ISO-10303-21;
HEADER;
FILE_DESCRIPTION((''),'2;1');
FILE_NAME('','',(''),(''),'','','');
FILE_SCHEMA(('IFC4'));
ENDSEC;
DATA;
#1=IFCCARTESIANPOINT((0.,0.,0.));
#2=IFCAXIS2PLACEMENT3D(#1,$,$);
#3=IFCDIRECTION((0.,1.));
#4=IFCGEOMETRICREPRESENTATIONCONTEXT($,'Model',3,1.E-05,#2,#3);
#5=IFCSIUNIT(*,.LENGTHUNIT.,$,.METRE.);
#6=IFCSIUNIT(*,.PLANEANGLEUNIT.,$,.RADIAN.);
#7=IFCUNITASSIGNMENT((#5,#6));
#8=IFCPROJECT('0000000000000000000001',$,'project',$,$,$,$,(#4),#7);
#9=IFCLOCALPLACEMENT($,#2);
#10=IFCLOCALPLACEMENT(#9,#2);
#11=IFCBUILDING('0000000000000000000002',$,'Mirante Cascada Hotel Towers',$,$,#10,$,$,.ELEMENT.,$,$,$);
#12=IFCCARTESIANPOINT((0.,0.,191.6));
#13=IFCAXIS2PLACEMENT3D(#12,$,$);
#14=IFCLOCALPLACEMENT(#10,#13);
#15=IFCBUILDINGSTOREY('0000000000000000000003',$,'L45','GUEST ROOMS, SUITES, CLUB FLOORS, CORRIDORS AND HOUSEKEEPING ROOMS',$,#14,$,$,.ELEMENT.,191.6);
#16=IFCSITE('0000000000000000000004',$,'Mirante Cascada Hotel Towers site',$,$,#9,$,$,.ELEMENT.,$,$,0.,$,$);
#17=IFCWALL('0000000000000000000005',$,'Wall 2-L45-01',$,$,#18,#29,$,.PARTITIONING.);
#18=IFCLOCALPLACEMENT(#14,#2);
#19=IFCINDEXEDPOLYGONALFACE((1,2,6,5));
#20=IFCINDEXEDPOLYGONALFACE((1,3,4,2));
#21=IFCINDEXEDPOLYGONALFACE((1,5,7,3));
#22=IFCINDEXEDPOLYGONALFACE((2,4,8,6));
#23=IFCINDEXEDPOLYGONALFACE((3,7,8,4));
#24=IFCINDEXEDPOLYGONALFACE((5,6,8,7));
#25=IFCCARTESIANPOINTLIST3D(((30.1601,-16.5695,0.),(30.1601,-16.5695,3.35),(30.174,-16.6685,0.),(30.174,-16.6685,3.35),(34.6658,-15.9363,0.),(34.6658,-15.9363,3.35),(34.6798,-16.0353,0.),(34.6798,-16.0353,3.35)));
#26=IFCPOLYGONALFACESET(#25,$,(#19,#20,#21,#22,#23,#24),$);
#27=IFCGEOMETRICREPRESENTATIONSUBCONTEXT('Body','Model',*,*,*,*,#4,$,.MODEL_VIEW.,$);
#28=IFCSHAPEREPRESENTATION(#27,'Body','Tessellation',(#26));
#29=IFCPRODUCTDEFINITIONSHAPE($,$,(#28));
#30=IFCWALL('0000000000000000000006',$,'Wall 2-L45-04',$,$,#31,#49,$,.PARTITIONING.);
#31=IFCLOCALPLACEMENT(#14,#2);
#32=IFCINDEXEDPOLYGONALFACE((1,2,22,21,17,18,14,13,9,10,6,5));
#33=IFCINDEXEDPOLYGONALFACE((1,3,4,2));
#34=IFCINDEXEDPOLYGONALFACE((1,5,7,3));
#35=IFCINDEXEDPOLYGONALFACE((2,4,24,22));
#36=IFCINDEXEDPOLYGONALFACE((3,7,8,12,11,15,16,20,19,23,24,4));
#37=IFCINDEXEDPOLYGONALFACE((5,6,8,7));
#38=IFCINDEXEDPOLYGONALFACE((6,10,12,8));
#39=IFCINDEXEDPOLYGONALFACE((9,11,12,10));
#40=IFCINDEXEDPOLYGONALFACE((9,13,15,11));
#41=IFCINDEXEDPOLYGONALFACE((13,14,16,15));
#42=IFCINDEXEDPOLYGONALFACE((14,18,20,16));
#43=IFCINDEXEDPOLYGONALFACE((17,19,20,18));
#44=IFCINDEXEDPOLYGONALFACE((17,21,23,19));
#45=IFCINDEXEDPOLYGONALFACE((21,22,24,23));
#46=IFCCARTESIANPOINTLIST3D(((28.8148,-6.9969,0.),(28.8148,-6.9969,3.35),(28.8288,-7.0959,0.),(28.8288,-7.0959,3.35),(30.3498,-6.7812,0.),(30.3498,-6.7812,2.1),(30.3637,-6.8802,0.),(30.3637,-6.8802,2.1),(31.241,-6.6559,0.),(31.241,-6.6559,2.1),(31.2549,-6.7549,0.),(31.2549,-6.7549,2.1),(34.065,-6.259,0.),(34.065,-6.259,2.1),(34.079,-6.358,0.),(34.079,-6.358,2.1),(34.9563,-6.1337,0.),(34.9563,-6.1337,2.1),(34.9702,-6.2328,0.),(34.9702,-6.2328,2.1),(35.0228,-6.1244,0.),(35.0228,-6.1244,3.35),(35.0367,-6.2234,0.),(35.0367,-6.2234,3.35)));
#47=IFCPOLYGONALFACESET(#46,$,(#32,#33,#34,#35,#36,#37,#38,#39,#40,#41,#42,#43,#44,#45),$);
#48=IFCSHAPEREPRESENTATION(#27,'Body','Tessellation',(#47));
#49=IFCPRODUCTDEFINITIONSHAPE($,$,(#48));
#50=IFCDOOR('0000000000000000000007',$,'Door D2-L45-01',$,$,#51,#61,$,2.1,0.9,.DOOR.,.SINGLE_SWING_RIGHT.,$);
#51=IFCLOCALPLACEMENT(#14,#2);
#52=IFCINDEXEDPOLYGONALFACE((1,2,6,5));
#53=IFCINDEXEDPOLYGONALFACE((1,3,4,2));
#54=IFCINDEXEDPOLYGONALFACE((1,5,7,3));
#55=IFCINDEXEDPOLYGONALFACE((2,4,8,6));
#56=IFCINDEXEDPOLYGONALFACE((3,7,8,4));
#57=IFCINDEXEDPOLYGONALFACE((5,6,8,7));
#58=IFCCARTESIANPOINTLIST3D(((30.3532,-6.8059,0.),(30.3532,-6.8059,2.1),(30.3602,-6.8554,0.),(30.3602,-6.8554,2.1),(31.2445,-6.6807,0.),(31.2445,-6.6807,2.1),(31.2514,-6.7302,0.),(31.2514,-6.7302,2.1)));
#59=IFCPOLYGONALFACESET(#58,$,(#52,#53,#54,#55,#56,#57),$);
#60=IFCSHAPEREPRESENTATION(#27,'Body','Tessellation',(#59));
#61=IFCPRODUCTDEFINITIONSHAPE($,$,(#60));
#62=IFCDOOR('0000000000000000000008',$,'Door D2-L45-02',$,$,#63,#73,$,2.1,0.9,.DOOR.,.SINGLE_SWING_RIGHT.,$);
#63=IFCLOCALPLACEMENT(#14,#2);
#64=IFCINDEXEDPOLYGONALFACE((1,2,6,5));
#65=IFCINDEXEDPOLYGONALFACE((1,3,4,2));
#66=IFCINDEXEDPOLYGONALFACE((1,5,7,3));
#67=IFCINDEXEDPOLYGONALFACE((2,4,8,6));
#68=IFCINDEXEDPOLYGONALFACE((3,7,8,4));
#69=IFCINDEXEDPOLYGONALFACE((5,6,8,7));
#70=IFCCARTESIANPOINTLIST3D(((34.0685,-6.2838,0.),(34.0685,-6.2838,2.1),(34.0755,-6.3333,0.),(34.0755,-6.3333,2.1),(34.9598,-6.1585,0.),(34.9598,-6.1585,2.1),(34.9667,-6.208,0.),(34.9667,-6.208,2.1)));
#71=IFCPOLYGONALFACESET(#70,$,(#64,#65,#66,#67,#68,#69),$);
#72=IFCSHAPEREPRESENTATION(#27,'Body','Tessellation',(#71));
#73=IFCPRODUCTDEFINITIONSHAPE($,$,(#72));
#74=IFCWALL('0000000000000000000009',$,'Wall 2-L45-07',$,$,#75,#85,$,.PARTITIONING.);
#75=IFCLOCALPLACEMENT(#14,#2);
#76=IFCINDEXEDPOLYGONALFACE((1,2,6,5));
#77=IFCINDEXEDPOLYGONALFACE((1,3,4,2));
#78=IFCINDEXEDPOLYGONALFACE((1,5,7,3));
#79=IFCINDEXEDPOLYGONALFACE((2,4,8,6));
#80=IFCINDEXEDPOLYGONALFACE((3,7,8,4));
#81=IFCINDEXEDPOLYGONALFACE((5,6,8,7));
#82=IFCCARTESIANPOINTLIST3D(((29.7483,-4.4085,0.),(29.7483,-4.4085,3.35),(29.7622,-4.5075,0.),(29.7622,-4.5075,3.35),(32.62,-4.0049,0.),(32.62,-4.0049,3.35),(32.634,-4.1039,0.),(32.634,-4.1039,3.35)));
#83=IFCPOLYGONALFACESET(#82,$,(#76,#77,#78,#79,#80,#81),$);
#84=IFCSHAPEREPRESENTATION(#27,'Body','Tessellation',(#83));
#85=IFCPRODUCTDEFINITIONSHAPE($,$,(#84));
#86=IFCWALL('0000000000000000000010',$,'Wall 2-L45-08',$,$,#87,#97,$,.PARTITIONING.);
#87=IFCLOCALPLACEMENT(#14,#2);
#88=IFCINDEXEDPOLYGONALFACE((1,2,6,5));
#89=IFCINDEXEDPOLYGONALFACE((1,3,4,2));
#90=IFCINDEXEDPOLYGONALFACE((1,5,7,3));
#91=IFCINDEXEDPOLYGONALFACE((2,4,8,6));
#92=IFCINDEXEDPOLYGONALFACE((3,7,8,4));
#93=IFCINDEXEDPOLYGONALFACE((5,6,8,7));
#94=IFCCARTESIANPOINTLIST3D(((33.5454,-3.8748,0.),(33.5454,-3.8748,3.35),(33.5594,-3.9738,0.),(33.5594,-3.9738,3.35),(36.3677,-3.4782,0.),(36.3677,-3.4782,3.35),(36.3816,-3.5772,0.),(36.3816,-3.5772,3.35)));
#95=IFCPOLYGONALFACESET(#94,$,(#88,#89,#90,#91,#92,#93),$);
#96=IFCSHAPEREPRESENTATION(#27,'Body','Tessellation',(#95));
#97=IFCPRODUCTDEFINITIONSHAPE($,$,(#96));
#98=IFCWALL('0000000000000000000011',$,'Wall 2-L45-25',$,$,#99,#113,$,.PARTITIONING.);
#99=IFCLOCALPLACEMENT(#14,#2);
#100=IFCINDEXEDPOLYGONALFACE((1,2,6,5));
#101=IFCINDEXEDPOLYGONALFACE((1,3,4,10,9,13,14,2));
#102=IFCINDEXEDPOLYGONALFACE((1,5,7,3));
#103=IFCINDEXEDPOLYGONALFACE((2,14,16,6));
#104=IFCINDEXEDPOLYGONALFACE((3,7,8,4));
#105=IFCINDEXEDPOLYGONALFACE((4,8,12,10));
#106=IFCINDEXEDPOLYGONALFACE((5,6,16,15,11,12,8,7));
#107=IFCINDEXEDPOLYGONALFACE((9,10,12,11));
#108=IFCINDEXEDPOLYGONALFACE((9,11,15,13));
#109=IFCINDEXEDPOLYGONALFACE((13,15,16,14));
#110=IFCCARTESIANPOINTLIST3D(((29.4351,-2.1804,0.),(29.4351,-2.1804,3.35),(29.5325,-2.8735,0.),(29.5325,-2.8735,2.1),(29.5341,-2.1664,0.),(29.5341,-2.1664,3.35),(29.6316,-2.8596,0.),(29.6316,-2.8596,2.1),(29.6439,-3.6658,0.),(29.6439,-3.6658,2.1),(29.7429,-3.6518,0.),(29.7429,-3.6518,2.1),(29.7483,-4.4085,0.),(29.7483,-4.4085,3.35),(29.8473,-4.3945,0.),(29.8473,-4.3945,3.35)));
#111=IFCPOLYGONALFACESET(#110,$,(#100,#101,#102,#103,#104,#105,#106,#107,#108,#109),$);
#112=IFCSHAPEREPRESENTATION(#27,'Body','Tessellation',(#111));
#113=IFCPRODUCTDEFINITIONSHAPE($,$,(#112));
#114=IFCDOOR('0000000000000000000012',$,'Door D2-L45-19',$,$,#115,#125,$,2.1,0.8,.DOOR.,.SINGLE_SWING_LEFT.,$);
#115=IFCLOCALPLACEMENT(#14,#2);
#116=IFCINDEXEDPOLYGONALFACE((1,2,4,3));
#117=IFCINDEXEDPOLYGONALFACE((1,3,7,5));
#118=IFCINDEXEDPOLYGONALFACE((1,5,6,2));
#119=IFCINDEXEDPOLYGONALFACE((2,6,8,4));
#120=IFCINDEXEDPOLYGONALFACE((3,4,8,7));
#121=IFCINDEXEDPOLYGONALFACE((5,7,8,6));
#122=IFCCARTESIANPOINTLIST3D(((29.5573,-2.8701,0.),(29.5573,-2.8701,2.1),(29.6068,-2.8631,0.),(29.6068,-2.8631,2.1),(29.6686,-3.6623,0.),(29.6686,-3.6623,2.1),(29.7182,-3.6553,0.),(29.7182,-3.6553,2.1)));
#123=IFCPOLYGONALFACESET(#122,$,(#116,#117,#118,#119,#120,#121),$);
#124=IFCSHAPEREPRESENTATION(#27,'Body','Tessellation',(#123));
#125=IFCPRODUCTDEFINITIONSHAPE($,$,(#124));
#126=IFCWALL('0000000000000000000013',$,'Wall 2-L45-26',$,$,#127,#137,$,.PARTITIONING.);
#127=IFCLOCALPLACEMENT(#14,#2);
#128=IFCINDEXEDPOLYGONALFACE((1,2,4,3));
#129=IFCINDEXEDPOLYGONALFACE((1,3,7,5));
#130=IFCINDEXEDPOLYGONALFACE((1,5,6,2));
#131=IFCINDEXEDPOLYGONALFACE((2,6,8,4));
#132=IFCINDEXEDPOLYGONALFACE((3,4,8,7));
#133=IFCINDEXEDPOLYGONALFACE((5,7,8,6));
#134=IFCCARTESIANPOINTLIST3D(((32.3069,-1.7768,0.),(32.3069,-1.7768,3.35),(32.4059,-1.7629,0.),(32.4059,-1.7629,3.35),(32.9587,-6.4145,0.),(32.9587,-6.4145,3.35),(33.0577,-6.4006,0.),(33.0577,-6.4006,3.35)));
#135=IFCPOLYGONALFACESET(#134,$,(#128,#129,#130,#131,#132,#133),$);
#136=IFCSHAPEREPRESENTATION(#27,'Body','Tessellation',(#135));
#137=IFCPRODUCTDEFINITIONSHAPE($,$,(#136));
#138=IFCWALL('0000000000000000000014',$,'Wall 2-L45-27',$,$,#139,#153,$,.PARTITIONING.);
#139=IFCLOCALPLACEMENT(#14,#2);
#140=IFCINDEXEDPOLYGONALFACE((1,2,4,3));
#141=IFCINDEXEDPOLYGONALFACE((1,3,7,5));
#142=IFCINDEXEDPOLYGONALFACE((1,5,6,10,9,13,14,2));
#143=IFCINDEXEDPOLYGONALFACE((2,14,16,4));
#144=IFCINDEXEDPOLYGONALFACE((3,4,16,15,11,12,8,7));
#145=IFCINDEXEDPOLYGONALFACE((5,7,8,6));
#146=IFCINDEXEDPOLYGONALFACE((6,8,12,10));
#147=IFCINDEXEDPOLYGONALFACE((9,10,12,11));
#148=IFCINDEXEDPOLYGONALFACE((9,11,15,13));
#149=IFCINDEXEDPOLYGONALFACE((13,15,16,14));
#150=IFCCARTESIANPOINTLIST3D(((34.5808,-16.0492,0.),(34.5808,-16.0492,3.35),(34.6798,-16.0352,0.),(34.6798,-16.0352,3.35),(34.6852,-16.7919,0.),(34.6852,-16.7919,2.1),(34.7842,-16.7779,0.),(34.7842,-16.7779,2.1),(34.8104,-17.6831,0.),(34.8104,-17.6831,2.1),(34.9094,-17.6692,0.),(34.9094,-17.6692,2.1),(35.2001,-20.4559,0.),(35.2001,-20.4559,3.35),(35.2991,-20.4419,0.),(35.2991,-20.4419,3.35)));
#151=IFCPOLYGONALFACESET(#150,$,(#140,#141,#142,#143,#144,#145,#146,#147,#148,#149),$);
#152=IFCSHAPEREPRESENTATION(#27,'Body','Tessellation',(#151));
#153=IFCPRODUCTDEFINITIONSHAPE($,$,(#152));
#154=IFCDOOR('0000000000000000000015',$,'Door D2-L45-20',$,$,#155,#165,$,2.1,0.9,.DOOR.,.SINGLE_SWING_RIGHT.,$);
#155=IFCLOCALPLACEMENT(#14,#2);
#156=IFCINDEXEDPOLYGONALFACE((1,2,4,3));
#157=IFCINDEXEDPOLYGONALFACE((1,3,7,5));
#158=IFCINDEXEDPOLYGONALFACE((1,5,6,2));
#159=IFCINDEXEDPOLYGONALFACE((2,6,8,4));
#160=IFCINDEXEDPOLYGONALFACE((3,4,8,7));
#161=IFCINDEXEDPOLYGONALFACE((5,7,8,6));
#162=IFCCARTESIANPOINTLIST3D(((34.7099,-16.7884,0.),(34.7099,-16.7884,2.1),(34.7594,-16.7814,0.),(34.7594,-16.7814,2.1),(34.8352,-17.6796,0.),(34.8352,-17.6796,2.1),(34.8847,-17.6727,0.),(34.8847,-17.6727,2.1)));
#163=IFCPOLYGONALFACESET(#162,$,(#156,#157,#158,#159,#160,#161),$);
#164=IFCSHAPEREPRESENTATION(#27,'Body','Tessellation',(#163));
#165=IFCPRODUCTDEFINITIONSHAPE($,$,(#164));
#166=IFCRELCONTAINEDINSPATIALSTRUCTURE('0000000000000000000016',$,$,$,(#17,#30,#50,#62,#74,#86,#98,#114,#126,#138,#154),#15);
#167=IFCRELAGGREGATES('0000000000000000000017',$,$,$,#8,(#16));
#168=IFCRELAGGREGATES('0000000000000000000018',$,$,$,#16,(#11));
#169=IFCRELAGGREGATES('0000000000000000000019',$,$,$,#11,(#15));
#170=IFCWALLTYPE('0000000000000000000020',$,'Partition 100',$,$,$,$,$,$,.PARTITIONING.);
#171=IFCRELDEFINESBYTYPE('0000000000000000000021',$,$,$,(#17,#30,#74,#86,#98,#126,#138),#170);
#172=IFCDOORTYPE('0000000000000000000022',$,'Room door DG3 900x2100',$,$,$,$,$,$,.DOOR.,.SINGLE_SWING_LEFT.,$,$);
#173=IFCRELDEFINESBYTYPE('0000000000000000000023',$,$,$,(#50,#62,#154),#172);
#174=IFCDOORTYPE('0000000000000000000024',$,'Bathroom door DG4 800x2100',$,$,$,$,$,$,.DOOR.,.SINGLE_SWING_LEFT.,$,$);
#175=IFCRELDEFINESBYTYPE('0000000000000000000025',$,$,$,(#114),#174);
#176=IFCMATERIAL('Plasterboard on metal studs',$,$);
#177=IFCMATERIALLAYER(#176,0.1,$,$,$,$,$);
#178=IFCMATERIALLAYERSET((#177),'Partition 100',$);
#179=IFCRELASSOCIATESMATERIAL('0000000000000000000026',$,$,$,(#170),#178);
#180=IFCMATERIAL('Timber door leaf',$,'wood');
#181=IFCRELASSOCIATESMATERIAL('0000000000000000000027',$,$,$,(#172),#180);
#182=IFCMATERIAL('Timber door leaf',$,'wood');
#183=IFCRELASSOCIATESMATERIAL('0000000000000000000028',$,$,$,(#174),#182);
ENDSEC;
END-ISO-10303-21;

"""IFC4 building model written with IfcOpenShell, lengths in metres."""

from ifc_helpers import new_model, si_unit, direction, frame, frame_2d, origin, place, context, subcontext, project, spatial, rectangle, extrude, material, layer, layer_set, type_object, element, fill, save


model = new_model("IFC4")

# Units and contexts
model_context = context("Model", 3, precision=1e-05, world=origin(), true_north=direction((0.0, 1.0)))
body_context = subcontext(model_context, "Body", "Model", "MODEL_VIEW")
ifc_project = project(units=[si_unit("LENGTHUNIT", "METRE"), si_unit("PLANEANGLEUNIT", "RADIAN")], contexts=[model_context])

# Site, building, storey
site_placement = place(None, origin())
site = spatial("IfcSite", under=ifc_project, at=site_placement, Name="Mirante Cascada Hotel Towers site", CompositionType="ELEMENT", RefElevation=0.0)
building_placement = place(site_placement, origin())
building = spatial("IfcBuilding", under=site, at=building_placement, Name="Mirante Cascada Hotel Towers", CompositionType="ELEMENT")
storey_placement = place(building_placement, frame((0.0, 0.0, 191.6)))
storey = spatial("IfcBuildingStorey", under=building, at=storey_placement, Name="L45", Description="GUEST ROOMS, SUITES, CLUB FLOORS, CORRIDORS AND HOUSEKEEPING ROOMS", CompositionType="ELEMENT", Elevation=191.6)

# Wall
ifc_material_1 = material(Name="Plasterboard on metal studs")
ifc_layer_1 = layer(ifc_material_1, 0.1)
ifc_layer_set_1 = layer_set([ifc_layer_1], Name="Partition 100")
wall_type_1 = type_object("IfcWallType", Name="Partition 100", PredefinedType="PARTITIONING", material=ifc_layer_set_1)
wall_1_placement = place(storey_placement, frame((34.6728, -15.9858, 0.0), z_axis=(0.0, 0.0, 1.0), x_axis=(-0.990269, -0.139166, 0.0)))
element("IfcWall", 1, at=wall_1_placement, inside=storey, type_object=wall_type_1, Name="Wall 2-L45-01", PredefinedType="PARTITIONING", context=body_context, shape_type="SweptSolid", body=[
    extrude(rectangle(XDim=4.55, YDim=0.1, at=frame_2d((2.275, 0.0))), origin(), (0.0, 0.0, 1.0), 3.35),
])

# Wall, openings, doors
wall_2_placement = place(storey_placement, frame((28.8218, -7.0464, 0.0), z_axis=(0.0, 0.0, 1.0), x_axis=(0.990268, 0.139177, 0.0)))
wall_2 = element("IfcWall", 2, at=wall_2_placement, inside=storey, type_object=wall_type_1, Name="Wall 2-L45-04", PredefinedType="PARTITIONING", context=body_context, shape_type="SweptSolid", body=[
    extrude(rectangle(XDim=6.269, YDim=0.1, at=frame_2d((3.1345, 0.0))), origin(), (0.0, 0.0, 1.0), 3.35),
])
opening_1_placement = place(wall_2_placement, frame((1.55, 0.0, 0.0)))
opening_1 = element("IfcOpeningElement", 3, at=opening_1_placement, cuts=wall_2, PredefinedType="OPENING", context=body_context, shape_type="SweptSolid", body=[
    extrude(rectangle(XDim=0.9, YDim=2.1, at=frame_2d((0.45, 1.05))), frame((0.0, 0.05, 0.0), z_axis=(0.0, -1.0, 0.0), x_axis=(1.0, 0.0, 0.0)), (0.0, 0.0, 1.0), 0.1),
])
opening_2_placement = place(wall_2_placement, frame((5.3018, 0.0, 0.0)))
opening_2 = element("IfcOpeningElement", 4, at=opening_2_placement, cuts=wall_2, PredefinedType="OPENING", context=body_context, shape_type="SweptSolid", body=[
    extrude(rectangle(XDim=0.9, YDim=2.1, at=frame_2d((0.45, 1.05))), frame((0.0, 0.05, 0.0), z_axis=(0.0, -1.0, 0.0), x_axis=(1.0, 0.0, 0.0)), (0.0, 0.0, 1.0), 0.1),
])
ifc_material_2 = material(Name="Timber door leaf", Category="wood")
door_type_1 = type_object("IfcDoorType", Name="Room door DG3 900x2100", OperationType="SINGLE_SWING_LEFT", PredefinedType="DOOR", material=ifc_material_2)
door_1_placement = place(opening_1_placement, frame((0.9, 0.0, 0.0), z_axis=(0.0, 0.0, 1.0), x_axis=(-1.0, 0.0, 0.0)))
door_1 = element("IfcDoor", 5, at=door_1_placement, inside=storey, type_object=door_type_1, Name="Door D2-L45-01", OperationType="SINGLE_SWING_RIGHT", OverallHeight=2.1, OverallWidth=0.9, PredefinedType="DOOR", context=body_context, shape_type="SweptSolid", body=[
    extrude(rectangle(XDim=0.9, YDim=2.1, at=frame_2d((0.45, 1.05))), frame((0.0, 0.025, 0.0), z_axis=(0.0, -1.0, 0.0), x_axis=(1.0, 0.0, 0.0)), (0.0, 0.0, 1.0), 0.05),
])
fill(opening_1, door_1)
door_2_placement = place(opening_2_placement, frame((0.9, 0.0, 0.0), z_axis=(0.0, 0.0, 1.0), x_axis=(-1.0, 0.0, 0.0)))
door_2 = element("IfcDoor", 6, at=door_2_placement, inside=storey, type_object=door_type_1, Name="Door D2-L45-02", OperationType="SINGLE_SWING_RIGHT", OverallHeight=2.1, OverallWidth=0.9, PredefinedType="DOOR", context=body_context, shape_type="SweptSolid", body=[
    extrude(rectangle(XDim=0.9, YDim=2.1, at=frame_2d((0.45, 1.05))), frame((0.0, 0.025, 0.0), z_axis=(0.0, -1.0, 0.0), x_axis=(1.0, 0.0, 0.0)), (0.0, 0.0, 1.0), 0.05),
])
fill(opening_2, door_2)

# Walls
wall_3_placement = place(storey_placement, frame((32.627, -4.0544, 0.0), z_axis=(0.0, 0.0, 1.0), x_axis=(-0.990268, -0.139171, 0.0)))
element("IfcWall", 7, at=wall_3_placement, inside=storey, type_object=wall_type_1, Name="Wall 2-L45-07", PredefinedType="PARTITIONING", context=body_context, shape_type="SweptSolid", body=[
    extrude(rectangle(XDim=2.9, YDim=0.1, at=frame_2d((1.45, 0.0))), origin(), (0.0, 0.0, 1.0), 3.35),
])
wall_4_placement = place(storey_placement, frame((33.5524, -3.9243, 0.0), z_axis=(0.0, 0.0, 1.0), x_axis=(0.99027, 0.139156, 0.0)))
element("IfcWall", 8, at=wall_4_placement, inside=storey, type_object=wall_type_1, Name="Wall 2-L45-08", PredefinedType="PARTITIONING", context=body_context, shape_type="SweptSolid", body=[
    extrude(rectangle(XDim=2.85, YDim=0.1, at=frame_2d((1.425, 0.0))), origin(), (0.0, 0.0, 1.0), 3.35),
])

# Wall, opening, door
wall_5_placement = place(storey_placement, frame((29.4846, -2.1734, 0.0), z_axis=(0.0, 0.0, 1.0), x_axis=(0.1392, -0.990264, 0.0)))
wall_5 = element("IfcWall", 9, at=wall_5_placement, inside=storey, type_object=wall_type_1, Name="Wall 2-L45-25", PredefinedType="PARTITIONING", context=body_context, shape_type="SweptSolid", body=[
    extrude(rectangle(XDim=2.25, YDim=0.1, at=frame_2d((1.125, 0.0))), origin(), (0.0, 0.0, 1.0), 3.35),
])
opening_3_placement = place(wall_5_placement, frame((0.7, 0.0, 0.0)))
opening_3 = element("IfcOpeningElement", 10, at=opening_3_placement, cuts=wall_5, PredefinedType="OPENING", context=body_context, shape_type="SweptSolid", body=[
    extrude(rectangle(XDim=0.8, YDim=2.1, at=frame_2d((0.4, 1.05))), frame((0.0, 0.05, 0.0), z_axis=(0.0, -1.0, 0.0), x_axis=(1.0, 0.0, 0.0)), (0.0, 0.0, 1.0), 0.1),
])
ifc_material_3 = material(Name="Timber door leaf", Category="wood")
door_type_2 = type_object("IfcDoorType", Name="Bathroom door DG4 800x2100", OperationType="SINGLE_SWING_LEFT", PredefinedType="DOOR", material=ifc_material_3)
door_3_placement = place(opening_3_placement, origin())
door_3 = element("IfcDoor", 11, at=door_3_placement, inside=storey, type_object=door_type_2, Name="Door D2-L45-19", OperationType="SINGLE_SWING_LEFT", OverallHeight=2.1, OverallWidth=0.8, PredefinedType="DOOR", context=body_context, shape_type="SweptSolid", body=[
    extrude(rectangle(XDim=0.8, YDim=2.1, at=frame_2d((0.4, 1.05))), frame((0.0, 0.025, 0.0), z_axis=(0.0, -1.0, 0.0), x_axis=(1.0, 0.0, 0.0)), (0.0, 0.0, 1.0), 0.05),
])
fill(opening_3, door_3)

# Wall
wall_6_placement = place(storey_placement, frame((33.0082, -6.4075, 0.0), z_axis=(0.0, 0.0, 1.0), x_axis=(-0.139176, 0.990268, 0.0)))
element("IfcWall", 12, at=wall_6_placement, inside=storey, type_object=wall_type_1, Name="Wall 2-L45-26", PredefinedType="PARTITIONING", context=body_context, shape_type="SweptSolid", body=[
    extrude(rectangle(XDim=4.6833, YDim=0.1, at=frame_2d((2.3416, 0.0))), origin(), (0.0, 0.0, 1.0), 3.35),
])

# Wall, opening, door
wall_7_placement = place(storey_placement, frame((34.6303, -16.0422, 0.0), z_axis=(0.0, 0.0, 1.0), x_axis=(0.139168, -0.990269, 0.0)))
wall_7 = element("IfcWall", 13, at=wall_7_placement, inside=storey, type_object=wall_type_1, Name="Wall 2-L45-27", PredefinedType="PARTITIONING", context=body_context, shape_type="SweptSolid", body=[
    extrude(rectangle(XDim=4.45, YDim=0.1, at=frame_2d((2.225, 0.0))), origin(), (0.0, 0.0, 1.0), 3.35),
])
opening_4_placement = place(wall_7_placement, frame((0.75, 0.0, 0.0)))
opening_4 = element("IfcOpeningElement", 14, at=opening_4_placement, cuts=wall_7, PredefinedType="OPENING", context=body_context, shape_type="SweptSolid", body=[
    extrude(rectangle(XDim=0.9, YDim=2.1, at=frame_2d((0.45, 1.05))), frame((0.0, 0.05, 0.0), z_axis=(0.0, -1.0, 0.0), x_axis=(1.0, 0.0, 0.0)), (0.0, 0.0, 1.0), 0.1),
])
door_4_placement = place(opening_4_placement, frame((0.9, 0.0, 0.0), z_axis=(0.0, 0.0, 1.0), x_axis=(-1.0, 0.0, 0.0)))
door_4 = element("IfcDoor", 15, at=door_4_placement, inside=storey, type_object=door_type_1, Name="Door D2-L45-20", OperationType="SINGLE_SWING_RIGHT", OverallHeight=2.1, OverallWidth=0.9, PredefinedType="DOOR", context=body_context, shape_type="SweptSolid", body=[
    extrude(rectangle(XDim=0.9, YDim=2.1, at=frame_2d((0.45, 1.05))), frame((0.0, 0.025, 0.0), z_axis=(0.0, -1.0, 0.0), x_axis=(1.0, 0.0, 0.0)), (0.0, 0.0, 1.0), 0.05),
])
fill(opening_4, door_4)

save(model, "model.ifc")
